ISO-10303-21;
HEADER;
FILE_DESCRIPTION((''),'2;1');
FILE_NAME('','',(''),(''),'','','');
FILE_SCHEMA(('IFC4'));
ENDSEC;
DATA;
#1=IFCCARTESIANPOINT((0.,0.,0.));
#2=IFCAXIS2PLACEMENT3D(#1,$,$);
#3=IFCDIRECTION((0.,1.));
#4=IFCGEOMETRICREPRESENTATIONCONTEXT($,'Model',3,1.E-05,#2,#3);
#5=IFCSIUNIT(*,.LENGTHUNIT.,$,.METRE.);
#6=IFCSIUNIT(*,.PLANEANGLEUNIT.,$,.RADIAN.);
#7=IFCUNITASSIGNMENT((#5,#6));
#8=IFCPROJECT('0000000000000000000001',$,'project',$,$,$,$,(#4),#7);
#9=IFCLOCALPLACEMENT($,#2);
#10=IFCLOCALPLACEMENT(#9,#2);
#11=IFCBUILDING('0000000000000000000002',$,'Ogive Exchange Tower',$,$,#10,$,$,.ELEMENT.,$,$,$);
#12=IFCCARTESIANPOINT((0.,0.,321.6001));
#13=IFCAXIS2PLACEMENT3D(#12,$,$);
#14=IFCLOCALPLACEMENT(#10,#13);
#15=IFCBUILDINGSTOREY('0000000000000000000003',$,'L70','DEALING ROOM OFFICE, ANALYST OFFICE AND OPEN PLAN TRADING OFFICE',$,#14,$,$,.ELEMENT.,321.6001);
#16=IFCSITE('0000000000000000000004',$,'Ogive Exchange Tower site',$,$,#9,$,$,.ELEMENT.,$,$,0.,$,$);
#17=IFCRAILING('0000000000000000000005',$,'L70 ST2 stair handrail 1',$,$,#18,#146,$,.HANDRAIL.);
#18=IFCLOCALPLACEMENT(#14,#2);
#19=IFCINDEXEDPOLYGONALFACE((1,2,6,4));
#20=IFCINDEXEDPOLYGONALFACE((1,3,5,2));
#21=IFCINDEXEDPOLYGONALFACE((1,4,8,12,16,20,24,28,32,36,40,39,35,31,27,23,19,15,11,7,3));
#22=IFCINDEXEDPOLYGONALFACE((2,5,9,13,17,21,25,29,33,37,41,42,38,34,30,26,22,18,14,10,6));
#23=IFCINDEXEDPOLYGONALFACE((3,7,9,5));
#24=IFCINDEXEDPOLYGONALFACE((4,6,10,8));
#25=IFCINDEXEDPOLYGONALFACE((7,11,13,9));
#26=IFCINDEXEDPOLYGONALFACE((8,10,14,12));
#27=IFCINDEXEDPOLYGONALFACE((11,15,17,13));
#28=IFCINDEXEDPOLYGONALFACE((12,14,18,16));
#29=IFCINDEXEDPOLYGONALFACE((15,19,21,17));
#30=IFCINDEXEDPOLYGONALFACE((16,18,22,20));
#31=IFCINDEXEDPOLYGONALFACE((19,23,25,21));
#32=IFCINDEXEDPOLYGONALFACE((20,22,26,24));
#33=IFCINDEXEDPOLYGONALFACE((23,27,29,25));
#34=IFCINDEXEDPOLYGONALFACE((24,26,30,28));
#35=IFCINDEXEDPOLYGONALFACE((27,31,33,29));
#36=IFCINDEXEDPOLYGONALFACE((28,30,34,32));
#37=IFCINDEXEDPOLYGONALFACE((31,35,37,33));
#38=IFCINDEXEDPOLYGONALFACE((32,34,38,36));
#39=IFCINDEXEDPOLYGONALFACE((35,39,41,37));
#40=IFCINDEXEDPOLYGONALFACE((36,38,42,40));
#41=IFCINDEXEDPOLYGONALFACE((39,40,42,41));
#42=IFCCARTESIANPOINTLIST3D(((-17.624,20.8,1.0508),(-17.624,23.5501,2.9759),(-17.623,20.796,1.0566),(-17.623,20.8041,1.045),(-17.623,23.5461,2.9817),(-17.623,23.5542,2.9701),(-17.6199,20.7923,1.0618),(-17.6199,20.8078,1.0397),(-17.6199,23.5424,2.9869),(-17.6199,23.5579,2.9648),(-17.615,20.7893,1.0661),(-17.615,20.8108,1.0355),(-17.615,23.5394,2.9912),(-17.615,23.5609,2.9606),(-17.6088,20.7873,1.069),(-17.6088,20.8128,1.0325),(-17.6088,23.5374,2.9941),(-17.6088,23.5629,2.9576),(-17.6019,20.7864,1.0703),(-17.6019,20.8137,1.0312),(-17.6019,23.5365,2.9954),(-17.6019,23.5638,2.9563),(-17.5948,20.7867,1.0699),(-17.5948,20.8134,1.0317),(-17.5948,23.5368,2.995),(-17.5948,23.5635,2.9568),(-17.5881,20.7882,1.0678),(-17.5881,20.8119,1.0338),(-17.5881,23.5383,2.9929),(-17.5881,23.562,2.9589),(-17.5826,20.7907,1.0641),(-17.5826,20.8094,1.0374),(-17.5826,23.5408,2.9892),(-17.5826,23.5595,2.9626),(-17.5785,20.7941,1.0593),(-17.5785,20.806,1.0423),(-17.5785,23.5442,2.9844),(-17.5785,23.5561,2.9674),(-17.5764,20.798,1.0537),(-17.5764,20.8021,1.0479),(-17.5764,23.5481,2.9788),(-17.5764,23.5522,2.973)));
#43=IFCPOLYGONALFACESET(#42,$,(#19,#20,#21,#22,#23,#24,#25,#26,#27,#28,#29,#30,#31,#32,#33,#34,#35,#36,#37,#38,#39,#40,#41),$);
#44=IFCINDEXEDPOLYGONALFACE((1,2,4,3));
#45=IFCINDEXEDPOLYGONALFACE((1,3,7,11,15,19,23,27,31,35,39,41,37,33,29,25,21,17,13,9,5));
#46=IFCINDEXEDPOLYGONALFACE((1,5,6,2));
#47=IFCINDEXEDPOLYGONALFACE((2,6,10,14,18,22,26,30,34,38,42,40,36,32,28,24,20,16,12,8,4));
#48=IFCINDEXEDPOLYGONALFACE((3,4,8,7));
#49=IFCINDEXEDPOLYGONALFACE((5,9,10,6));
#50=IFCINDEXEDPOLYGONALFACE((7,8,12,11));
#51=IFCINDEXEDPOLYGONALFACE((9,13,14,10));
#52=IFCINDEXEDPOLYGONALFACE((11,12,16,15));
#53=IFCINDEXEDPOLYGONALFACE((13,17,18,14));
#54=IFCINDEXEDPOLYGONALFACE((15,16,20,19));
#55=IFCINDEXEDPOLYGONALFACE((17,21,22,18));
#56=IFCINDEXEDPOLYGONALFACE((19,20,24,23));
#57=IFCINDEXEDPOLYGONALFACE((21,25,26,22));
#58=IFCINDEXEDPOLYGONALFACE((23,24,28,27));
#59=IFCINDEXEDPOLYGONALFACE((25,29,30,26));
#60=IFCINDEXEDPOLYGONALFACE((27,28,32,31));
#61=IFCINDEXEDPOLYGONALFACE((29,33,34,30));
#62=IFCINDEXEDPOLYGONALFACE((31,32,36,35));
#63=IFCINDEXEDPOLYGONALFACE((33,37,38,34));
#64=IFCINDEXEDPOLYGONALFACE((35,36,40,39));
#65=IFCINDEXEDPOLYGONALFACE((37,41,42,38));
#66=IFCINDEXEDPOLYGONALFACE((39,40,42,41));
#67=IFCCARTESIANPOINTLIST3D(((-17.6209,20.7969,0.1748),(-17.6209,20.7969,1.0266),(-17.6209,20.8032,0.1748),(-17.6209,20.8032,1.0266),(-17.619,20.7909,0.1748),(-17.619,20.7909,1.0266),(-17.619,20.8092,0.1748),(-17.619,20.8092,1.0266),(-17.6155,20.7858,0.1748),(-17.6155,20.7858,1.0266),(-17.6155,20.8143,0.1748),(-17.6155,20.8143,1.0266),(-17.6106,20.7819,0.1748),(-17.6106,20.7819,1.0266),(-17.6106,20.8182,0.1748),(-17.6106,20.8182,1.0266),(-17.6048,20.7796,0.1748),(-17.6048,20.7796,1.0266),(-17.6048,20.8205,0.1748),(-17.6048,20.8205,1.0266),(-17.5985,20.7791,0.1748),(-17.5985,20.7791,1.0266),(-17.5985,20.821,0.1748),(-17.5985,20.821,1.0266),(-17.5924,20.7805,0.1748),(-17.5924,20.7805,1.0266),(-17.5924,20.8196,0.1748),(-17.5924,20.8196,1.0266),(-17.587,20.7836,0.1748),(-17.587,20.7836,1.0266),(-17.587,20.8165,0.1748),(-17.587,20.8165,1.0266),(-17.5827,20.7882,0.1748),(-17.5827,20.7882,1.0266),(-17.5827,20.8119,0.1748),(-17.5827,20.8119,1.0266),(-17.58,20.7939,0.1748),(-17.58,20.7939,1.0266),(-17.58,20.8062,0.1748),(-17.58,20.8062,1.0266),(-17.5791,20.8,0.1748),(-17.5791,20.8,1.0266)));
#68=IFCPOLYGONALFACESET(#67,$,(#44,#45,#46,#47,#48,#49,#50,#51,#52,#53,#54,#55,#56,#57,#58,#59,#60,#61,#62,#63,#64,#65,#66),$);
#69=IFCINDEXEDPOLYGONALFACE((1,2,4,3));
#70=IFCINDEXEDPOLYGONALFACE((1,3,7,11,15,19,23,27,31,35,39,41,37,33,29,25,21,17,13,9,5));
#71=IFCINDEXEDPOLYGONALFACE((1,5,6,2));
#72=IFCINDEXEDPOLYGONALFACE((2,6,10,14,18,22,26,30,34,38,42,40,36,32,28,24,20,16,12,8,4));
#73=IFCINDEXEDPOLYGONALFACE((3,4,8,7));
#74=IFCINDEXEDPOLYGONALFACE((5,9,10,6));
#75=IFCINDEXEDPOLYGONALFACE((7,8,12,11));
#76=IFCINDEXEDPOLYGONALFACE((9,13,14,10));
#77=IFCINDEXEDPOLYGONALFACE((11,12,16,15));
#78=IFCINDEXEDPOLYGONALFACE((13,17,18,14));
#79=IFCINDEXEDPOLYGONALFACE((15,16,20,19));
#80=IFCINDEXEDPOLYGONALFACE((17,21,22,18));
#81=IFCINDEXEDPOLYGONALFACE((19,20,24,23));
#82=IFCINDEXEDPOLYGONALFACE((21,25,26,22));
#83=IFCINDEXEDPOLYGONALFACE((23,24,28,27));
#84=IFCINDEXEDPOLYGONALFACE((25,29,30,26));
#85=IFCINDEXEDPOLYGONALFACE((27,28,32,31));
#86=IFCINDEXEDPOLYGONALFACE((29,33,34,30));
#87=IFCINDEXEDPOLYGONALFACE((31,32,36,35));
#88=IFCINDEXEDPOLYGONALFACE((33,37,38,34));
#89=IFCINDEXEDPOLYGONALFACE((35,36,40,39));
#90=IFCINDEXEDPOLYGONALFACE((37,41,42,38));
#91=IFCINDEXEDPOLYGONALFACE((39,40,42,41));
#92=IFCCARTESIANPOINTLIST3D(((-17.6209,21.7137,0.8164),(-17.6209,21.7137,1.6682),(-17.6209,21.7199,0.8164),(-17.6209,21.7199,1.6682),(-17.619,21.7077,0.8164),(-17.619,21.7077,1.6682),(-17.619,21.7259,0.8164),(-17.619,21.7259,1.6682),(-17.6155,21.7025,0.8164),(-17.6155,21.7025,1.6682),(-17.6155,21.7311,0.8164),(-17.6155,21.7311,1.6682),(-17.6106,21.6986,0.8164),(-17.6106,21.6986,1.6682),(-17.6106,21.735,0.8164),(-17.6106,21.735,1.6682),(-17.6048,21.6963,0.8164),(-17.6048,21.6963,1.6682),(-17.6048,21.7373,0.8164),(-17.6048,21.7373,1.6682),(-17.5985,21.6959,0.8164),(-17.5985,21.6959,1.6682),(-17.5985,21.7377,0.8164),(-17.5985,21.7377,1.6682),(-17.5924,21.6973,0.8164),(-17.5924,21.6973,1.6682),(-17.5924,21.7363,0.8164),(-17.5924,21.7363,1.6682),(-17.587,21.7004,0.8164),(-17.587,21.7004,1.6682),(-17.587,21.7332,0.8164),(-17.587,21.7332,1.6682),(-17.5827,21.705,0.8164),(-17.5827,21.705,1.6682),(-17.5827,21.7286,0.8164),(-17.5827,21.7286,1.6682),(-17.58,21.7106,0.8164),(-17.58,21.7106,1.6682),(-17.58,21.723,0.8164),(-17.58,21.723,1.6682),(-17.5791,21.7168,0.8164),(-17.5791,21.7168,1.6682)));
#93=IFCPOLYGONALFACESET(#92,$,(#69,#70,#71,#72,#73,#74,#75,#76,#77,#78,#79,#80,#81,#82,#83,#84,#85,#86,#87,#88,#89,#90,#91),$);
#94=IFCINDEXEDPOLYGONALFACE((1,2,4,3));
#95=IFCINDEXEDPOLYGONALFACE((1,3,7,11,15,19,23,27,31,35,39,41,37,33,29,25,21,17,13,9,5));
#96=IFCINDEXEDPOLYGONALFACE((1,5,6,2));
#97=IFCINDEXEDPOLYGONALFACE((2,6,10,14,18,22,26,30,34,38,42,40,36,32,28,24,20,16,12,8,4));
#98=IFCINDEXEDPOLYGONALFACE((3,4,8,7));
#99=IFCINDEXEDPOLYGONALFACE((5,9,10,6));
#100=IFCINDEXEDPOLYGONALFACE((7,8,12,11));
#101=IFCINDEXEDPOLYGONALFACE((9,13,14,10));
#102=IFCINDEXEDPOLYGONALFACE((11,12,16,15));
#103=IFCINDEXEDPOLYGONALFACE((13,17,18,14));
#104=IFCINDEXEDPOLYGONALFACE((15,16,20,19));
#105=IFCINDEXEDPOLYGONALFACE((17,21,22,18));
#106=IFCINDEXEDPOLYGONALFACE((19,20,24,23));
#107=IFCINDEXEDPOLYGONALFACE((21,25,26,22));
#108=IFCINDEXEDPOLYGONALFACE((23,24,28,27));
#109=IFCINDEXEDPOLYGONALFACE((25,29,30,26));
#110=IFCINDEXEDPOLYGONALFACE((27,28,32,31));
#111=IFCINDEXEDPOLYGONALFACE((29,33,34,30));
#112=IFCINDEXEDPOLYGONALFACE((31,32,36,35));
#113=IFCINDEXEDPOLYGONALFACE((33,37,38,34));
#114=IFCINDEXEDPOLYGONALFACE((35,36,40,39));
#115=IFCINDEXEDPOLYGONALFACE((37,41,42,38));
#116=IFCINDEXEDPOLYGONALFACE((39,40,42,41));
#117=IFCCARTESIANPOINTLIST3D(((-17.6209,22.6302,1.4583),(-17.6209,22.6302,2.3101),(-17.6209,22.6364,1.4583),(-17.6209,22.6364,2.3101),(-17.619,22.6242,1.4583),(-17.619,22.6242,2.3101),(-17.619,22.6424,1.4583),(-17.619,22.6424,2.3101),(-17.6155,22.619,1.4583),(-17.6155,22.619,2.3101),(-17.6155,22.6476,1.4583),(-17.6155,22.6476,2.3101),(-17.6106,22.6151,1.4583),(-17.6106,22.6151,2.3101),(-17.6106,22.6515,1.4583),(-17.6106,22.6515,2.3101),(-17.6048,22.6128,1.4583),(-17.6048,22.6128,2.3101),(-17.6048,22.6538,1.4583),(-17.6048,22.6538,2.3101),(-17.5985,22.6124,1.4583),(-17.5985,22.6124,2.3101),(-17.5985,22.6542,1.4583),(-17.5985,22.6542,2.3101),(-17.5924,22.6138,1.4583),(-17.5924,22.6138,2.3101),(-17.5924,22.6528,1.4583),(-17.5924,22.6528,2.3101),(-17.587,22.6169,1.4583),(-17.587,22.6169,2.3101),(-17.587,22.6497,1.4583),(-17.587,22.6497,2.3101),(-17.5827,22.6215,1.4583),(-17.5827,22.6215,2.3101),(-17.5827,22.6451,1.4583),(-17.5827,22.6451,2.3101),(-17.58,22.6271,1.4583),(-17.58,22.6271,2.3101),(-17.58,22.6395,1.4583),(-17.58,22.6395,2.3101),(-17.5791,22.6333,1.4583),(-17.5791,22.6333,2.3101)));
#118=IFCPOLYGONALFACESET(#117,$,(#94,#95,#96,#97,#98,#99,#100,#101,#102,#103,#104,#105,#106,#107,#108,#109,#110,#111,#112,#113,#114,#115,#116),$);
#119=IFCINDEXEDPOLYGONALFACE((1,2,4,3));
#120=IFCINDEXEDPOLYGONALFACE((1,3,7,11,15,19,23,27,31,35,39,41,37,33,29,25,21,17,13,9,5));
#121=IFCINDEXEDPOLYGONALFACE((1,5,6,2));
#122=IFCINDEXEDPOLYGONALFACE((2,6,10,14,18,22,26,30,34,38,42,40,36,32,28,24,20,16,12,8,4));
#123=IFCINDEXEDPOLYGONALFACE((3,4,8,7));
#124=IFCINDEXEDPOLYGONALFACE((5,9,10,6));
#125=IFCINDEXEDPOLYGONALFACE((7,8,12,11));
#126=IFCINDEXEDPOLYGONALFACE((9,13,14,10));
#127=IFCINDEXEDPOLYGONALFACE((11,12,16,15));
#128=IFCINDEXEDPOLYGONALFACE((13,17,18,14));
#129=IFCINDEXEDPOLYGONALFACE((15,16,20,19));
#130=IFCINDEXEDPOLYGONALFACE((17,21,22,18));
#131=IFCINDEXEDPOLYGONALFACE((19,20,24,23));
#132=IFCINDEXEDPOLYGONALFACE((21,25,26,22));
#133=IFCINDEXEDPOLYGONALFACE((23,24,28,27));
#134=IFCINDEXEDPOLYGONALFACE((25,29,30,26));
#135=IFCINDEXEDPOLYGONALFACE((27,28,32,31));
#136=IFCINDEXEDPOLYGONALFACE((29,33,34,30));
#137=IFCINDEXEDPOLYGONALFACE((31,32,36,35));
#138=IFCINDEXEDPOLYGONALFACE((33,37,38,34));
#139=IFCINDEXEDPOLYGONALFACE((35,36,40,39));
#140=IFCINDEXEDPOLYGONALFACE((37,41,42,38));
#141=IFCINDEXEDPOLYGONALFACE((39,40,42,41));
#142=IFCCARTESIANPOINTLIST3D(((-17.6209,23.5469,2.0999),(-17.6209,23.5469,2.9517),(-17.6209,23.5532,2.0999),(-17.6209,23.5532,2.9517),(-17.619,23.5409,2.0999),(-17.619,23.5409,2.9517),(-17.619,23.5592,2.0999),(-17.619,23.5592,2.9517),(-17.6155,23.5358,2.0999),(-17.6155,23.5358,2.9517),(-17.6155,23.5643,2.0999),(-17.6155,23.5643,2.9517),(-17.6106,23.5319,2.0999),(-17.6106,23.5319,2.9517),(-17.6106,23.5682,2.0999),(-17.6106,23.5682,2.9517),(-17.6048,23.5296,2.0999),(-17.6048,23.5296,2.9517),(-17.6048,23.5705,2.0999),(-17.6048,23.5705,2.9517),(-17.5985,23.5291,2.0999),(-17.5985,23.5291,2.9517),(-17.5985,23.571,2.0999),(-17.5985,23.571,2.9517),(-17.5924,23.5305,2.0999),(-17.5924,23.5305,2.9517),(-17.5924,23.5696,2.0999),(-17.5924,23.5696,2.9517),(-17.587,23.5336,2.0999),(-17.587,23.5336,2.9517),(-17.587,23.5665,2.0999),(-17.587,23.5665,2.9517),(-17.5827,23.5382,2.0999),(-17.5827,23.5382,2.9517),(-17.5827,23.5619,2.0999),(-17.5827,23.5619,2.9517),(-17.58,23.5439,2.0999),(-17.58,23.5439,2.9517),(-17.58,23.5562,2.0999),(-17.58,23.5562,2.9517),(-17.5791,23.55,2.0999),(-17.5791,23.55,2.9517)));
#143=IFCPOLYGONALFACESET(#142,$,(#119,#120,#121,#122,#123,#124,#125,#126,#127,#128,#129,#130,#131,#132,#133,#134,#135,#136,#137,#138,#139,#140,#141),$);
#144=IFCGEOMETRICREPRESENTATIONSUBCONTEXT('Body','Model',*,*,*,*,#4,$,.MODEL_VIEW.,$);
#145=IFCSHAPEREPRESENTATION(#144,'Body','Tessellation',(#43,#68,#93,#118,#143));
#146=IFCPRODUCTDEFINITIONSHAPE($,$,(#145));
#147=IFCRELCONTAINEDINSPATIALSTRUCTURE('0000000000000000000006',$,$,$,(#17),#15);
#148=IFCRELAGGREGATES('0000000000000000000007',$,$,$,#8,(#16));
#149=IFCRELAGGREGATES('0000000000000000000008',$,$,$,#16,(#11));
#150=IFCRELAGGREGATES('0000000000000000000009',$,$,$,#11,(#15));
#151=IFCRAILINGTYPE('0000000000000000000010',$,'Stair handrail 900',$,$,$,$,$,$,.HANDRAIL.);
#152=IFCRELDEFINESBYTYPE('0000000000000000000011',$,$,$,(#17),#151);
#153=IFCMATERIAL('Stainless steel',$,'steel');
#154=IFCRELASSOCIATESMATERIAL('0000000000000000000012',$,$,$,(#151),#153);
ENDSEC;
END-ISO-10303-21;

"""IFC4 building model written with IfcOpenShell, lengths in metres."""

from ifc_helpers import new_model, si_unit, direction, frame, origin, origin_2d, place, context, subcontext, project, spatial, circle, extrude, material, type_object, element, save


model = new_model("IFC4")

# Units and contexts
model_context = context("Model", 3, precision=1e-05, world=origin(), true_north=direction((0.0, 1.0)))
body_context = subcontext(model_context, "Body", "Model", "MODEL_VIEW")
ifc_project = project(units=[si_unit("LENGTHUNIT", "METRE"), si_unit("PLANEANGLEUNIT", "RADIAN")], contexts=[model_context])

# Site, building, storey
site_placement = place(None, origin())
site = spatial("IfcSite", under=ifc_project, at=site_placement, Name="Ogive Exchange Tower site", CompositionType="ELEMENT", RefElevation=0.0)
building_placement = place(site_placement, origin())
building = spatial("IfcBuilding", under=site, at=building_placement, Name="Ogive Exchange Tower", CompositionType="ELEMENT")
storey_placement = place(building_placement, frame((0.0, 0.0, 321.6001)))
storey = spatial("IfcBuildingStorey", under=building, at=storey_placement, Name="L70", Description="DEALING ROOM OFFICE, ANALYST OFFICE AND OPEN PLAN TRADING OFFICE", CompositionType="ELEMENT", Elevation=321.6001)

# Railing
ifc_material_1 = material(Name="Stainless steel", Category="steel")
railing_type = type_object("IfcRailingType", Name="Stair handrail 900", PredefinedType="HANDRAIL", material=ifc_material_1)
railing_1_placement = place(storey_placement, frame((-17.6001, 20.8, 0.1748)))
element("IfcRailing", 1, at=railing_1_placement, inside=storey, type_object=railing_type, Name="L70 ST2 stair handrail 1", PredefinedType="HANDRAIL", context=body_context, shape_type="SweptSolid", body=[
    extrude(circle(Radius=0.0239, at=origin_2d()), frame((0.0, 0.0, 0.876), z_axis=(0.0, 0.819225, 0.573472), x_axis=(-1.0, 0.0, 0.0)), (0.0, 0.0, 1.0), 3.3569),
    extrude(circle(Radius=0.021, at=origin_2d()), origin(), (0.0, 0.0, 1.0), 0.8518),
    extrude(circle(Radius=0.021, at=origin_2d()), frame((0.0, 0.9167, 0.6416)), (0.0, 0.0, 1.0), 0.8518),
    extrude(circle(Radius=0.021, at=origin_2d()), frame((0.0, 1.8333, 1.2834)), (0.0, 0.0, 1.0), 0.8518),
    extrude(circle(Radius=0.021, at=origin_2d()), frame((0.0, 2.75, 1.925)), (0.0, 0.0, 1.0), 0.8518),
])

save(model, "model.ifc")
